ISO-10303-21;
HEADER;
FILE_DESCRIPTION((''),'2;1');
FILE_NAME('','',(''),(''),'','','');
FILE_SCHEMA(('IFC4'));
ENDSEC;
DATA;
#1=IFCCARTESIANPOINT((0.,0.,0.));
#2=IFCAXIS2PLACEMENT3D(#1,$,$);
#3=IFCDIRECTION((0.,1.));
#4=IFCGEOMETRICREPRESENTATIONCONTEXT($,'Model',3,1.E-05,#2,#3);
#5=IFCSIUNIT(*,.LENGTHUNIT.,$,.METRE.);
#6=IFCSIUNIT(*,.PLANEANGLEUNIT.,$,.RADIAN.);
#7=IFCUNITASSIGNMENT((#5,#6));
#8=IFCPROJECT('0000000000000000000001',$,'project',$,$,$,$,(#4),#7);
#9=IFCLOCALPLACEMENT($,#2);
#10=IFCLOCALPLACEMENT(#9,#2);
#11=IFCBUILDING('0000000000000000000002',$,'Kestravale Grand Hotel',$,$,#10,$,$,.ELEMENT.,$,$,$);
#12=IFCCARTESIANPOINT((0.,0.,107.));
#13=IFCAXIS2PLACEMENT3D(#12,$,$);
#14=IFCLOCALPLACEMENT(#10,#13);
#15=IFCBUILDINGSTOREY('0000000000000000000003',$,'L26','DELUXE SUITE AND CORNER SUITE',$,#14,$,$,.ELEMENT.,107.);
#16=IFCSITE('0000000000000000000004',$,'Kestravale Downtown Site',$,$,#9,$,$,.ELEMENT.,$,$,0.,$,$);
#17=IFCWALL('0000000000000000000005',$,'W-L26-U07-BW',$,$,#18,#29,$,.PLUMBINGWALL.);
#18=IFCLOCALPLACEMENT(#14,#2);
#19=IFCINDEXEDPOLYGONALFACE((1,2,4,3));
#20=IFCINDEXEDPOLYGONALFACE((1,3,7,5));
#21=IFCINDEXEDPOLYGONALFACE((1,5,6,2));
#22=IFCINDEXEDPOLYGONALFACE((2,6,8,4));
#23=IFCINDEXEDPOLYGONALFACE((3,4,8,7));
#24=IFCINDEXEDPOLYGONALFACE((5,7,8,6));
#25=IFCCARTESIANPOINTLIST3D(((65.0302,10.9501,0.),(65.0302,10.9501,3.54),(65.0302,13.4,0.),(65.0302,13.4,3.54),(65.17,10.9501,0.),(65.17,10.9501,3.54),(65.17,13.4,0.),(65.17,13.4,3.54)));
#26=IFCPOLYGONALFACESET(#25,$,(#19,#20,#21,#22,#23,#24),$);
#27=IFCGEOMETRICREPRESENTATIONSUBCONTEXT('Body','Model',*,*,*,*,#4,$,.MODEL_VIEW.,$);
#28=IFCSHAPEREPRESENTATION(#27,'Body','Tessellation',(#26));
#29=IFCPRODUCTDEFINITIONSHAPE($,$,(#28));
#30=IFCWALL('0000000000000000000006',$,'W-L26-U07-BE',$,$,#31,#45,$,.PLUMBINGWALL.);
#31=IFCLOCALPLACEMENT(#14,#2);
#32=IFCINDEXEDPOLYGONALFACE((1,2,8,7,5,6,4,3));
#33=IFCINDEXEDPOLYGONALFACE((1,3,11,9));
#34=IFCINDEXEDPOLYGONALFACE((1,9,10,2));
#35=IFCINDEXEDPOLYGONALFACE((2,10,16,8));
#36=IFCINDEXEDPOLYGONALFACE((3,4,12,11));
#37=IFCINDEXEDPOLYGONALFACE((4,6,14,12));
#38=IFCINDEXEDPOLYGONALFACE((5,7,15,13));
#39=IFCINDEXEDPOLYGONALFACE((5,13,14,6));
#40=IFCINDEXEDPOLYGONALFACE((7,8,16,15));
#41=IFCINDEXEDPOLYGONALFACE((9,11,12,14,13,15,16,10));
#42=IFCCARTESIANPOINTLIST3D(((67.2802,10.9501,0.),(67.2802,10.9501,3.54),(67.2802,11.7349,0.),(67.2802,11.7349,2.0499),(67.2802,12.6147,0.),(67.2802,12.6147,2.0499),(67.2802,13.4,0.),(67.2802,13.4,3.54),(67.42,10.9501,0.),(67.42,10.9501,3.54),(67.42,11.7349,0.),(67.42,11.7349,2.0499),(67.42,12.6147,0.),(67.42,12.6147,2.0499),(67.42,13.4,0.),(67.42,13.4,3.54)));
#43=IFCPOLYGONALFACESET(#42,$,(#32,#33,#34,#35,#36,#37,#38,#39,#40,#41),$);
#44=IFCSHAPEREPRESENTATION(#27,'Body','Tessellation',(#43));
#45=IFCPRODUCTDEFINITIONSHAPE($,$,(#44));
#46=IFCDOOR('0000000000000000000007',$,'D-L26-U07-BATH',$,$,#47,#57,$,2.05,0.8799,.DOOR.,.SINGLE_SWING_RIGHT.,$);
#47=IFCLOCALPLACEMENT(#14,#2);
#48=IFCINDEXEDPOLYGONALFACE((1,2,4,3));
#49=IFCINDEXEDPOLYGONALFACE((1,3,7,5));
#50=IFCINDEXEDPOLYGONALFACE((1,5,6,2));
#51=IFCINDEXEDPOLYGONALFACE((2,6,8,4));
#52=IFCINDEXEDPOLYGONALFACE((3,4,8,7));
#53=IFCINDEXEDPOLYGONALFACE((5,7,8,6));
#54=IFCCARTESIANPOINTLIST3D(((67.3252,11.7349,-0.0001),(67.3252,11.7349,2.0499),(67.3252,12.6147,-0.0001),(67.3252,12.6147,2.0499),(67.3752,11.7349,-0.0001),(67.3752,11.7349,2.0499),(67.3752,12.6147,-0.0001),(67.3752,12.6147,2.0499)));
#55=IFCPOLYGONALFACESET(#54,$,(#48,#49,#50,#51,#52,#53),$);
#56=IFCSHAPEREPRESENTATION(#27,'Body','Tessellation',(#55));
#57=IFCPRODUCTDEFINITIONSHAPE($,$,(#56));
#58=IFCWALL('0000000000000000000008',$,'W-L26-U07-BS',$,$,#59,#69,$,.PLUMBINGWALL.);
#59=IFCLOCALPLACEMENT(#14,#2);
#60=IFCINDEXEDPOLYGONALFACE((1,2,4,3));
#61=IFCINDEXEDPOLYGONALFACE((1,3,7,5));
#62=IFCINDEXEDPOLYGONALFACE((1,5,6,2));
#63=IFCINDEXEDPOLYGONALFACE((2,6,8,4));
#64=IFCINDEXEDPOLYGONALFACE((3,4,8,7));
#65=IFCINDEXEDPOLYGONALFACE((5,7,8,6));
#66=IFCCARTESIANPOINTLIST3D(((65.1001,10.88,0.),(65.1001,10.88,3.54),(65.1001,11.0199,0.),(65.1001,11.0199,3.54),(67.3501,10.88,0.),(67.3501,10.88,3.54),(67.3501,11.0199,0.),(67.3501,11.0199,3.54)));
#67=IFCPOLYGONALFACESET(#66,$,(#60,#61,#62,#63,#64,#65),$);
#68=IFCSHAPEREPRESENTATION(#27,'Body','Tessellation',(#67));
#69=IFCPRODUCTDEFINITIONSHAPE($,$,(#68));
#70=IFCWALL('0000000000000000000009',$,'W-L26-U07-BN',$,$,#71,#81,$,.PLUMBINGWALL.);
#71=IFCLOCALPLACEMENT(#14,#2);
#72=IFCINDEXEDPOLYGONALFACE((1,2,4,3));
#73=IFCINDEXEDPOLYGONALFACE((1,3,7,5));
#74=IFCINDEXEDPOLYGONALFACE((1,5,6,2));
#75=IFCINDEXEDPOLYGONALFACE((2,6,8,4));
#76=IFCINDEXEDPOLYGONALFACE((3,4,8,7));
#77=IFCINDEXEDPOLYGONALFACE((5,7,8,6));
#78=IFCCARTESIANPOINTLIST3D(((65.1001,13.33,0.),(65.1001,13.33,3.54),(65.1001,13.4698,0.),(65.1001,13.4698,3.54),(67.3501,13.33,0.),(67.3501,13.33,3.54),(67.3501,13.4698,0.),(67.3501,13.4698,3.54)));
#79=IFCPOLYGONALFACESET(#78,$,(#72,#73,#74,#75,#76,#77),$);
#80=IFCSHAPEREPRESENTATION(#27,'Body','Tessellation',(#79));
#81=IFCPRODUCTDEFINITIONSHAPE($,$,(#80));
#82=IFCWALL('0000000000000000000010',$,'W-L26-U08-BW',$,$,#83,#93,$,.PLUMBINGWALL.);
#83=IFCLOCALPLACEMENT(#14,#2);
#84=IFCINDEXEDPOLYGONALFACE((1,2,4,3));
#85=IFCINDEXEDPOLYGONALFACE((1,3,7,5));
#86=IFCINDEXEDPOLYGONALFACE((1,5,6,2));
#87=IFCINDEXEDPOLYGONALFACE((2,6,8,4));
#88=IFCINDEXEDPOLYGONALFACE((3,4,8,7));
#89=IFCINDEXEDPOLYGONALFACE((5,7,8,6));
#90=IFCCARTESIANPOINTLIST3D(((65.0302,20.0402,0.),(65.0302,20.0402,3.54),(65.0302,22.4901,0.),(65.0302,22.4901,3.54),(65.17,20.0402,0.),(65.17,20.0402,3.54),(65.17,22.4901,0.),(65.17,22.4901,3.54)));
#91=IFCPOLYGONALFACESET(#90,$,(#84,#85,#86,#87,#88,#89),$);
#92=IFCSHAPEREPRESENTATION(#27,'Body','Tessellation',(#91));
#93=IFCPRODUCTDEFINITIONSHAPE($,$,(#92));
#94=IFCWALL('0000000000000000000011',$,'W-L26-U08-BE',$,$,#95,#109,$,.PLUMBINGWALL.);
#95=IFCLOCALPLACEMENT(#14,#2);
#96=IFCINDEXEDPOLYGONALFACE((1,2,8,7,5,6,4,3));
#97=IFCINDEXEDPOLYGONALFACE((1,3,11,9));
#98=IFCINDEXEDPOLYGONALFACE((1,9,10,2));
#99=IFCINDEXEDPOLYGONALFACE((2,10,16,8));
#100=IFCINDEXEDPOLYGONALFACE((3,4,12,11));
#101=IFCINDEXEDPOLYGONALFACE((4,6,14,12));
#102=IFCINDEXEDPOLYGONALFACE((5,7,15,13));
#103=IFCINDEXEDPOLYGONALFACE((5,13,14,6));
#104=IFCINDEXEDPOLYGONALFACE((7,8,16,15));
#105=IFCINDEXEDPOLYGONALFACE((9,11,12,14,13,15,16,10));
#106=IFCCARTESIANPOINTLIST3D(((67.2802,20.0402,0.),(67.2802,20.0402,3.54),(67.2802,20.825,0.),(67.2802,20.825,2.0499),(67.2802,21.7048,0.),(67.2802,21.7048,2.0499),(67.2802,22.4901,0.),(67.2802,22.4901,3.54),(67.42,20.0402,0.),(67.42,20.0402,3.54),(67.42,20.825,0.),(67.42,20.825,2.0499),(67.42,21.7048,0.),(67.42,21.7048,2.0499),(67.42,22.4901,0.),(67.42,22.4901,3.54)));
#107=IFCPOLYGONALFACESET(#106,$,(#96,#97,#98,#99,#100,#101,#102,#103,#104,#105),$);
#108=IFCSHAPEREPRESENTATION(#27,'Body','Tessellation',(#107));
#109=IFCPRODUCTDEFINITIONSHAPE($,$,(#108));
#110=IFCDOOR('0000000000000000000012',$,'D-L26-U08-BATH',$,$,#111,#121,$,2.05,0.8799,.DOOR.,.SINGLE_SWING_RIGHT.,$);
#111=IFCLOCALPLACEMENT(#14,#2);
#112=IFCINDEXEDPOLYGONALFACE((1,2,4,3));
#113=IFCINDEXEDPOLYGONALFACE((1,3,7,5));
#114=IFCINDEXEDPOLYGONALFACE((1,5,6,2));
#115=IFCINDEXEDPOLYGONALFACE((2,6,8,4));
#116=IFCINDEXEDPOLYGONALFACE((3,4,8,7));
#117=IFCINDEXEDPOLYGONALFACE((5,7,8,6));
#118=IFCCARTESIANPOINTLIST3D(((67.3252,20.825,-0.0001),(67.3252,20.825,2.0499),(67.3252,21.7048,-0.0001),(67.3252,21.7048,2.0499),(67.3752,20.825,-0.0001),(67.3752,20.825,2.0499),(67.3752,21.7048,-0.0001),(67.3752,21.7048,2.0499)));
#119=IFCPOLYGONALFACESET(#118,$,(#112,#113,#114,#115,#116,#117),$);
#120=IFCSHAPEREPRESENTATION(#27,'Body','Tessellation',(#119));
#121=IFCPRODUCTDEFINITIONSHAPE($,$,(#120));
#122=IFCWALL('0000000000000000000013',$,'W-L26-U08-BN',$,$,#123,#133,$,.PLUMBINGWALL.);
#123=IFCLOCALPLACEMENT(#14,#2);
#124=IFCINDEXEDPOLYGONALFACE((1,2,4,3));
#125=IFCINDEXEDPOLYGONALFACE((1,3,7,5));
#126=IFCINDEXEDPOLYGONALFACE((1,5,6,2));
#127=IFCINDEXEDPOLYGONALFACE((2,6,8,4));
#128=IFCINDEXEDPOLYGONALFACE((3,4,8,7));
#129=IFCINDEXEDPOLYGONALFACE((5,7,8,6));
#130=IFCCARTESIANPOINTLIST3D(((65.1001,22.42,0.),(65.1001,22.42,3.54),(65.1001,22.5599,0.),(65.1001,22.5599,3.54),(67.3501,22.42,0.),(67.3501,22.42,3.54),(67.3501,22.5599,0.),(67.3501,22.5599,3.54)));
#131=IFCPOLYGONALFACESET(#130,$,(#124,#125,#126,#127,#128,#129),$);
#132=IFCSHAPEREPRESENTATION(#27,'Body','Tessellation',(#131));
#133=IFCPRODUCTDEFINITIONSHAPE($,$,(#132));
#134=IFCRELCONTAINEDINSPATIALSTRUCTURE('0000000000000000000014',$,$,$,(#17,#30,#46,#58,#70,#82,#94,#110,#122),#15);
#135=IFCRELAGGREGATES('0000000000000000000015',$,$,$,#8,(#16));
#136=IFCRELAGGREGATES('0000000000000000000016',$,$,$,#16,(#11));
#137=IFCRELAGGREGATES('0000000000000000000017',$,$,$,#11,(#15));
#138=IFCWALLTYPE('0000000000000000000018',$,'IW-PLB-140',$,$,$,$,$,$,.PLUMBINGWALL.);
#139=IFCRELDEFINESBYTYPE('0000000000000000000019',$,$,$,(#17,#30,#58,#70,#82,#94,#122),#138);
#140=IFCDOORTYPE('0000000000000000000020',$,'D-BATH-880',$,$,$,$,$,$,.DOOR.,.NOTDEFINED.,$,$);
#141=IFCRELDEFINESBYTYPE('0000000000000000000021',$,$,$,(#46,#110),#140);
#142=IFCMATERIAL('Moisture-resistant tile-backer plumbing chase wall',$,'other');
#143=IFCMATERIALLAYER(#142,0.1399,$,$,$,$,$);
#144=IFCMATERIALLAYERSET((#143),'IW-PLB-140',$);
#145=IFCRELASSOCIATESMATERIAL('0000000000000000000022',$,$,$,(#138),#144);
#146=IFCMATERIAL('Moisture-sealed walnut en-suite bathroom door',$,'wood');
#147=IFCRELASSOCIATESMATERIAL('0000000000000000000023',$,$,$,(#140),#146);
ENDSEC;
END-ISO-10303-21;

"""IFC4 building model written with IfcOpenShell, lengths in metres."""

from ifc_helpers import new_model, si_unit, direction, frame, frame_2d, origin, place, context, subcontext, project, spatial, rectangle, extrude, material, layer, layer_set, type_object, element, fill, save


model = new_model("IFC4")

# Units and contexts
model_context = context("Model", 3, precision=1e-05, world=origin(), true_north=direction((0.0, 1.0)))
body_context = subcontext(model_context, "Body", "Model", "MODEL_VIEW")
ifc_project = project(units=[si_unit("LENGTHUNIT", "METRE"), si_unit("PLANEANGLEUNIT", "RADIAN")], contexts=[model_context])

# Site, building, storey
site_placement = place(None, origin())
site = spatial("IfcSite", under=ifc_project, at=site_placement, Name="Kestravale Downtown Site", CompositionType="ELEMENT", RefElevation=0.0)
building_placement = place(site_placement, origin())
building = spatial("IfcBuilding", under=site, at=building_placement, Name="Kestravale Grand Hotel", CompositionType="ELEMENT")
storey_placement = place(building_placement, frame((0.0, 0.0, 107.0)))
storey = spatial("IfcBuildingStorey", under=building, at=storey_placement, Name="L26", Description="DELUXE SUITE AND CORNER SUITE", CompositionType="ELEMENT", Elevation=107.0)

# Wall
ifc_material_1 = material(Name="Moisture-resistant tile-backer plumbing chase wall", Category="other")
ifc_layer_1 = layer(ifc_material_1, 0.1399)
ifc_layer_set_1 = layer_set([ifc_layer_1], Name="IW-PLB-140")
wall_type_1 = type_object("IfcWallType", Name="IW-PLB-140", PredefinedType="PLUMBINGWALL", material=ifc_layer_set_1)
wall_1_placement = place(storey_placement, frame((65.1001, 10.95, 0.0), z_axis=(0.0, 0.0, 1.0), x_axis=(0.0, 1.0, 0.0)))
element("IfcWall", 1, at=wall_1_placement, inside=storey, type_object=wall_type_1, Name="W-L26-U07-BW", PredefinedType="PLUMBINGWALL", context=body_context, shape_type="SweptSolid", body=[
    extrude(rectangle(XDim=2.45, YDim=0.1399, at=frame_2d((1.2251, 0.0))), origin(), (0.0, 0.0, 1.0), 3.54),
])

# Wall, opening, door
wall_2_placement = place(storey_placement, frame((67.3501, 10.95, 0.0), z_axis=(0.0, 0.0, 1.0), x_axis=(0.0, 1.0, 0.0)))
wall_2 = element("IfcWall", 2, at=wall_2_placement, inside=storey, type_object=wall_type_1, Name="W-L26-U07-BE", PredefinedType="PLUMBINGWALL", context=body_context, shape_type="SweptSolid", body=[
    extrude(rectangle(XDim=2.45, YDim=0.1399, at=frame_2d((1.2251, 0.0))), origin(), (0.0, 0.0, 1.0), 3.54),
])
opening_1_placement = place(wall_2_placement, frame((0.7849, 0.0, 0.0)))
opening_1 = element("IfcOpeningElement", 3, at=opening_1_placement, cuts=wall_2, PredefinedType="OPENING", context=body_context, shape_type="SweptSolid", body=[
    extrude(rectangle(XDim=0.8799, YDim=2.05, at=frame_2d((0.4399, 1.0249))), frame((0.0, 0.0798, 0.0), z_axis=(0.0, -1.0, 0.0), x_axis=(1.0, 0.0, 0.0)), (0.0, 0.0, 1.0), 0.1599),
])
ifc_material_2 = material(Name="Moisture-sealed walnut en-suite bathroom door", Category="wood")
door_type = type_object("IfcDoorType", Name="D-BATH-880", OperationType="NOTDEFINED", PredefinedType="DOOR", material=ifc_material_2)
door_1_placement = place(opening_1_placement, origin())
door_1 = element("IfcDoor", 4, at=door_1_placement, inside=storey, type_object=door_type, Name="D-L26-U07-BATH", OperationType="SINGLE_SWING_RIGHT", OverallHeight=2.05, OverallWidth=0.8799, PredefinedType="DOOR", context=body_context, shape_type="SweptSolid", body=[
    extrude(rectangle(XDim=0.8799, YDim=2.05, at=frame_2d((0.4399, 1.0249))), frame((0.0, 0.0249, 0.0), z_axis=(0.0, -1.0, 0.0), x_axis=(1.0, 0.0, 0.0)), (0.0, 0.0, 1.0), 0.05),
])
fill(opening_1, door_1)

# Walls
for number, where, z_axis, x_axis, name in (
    (5, (65.1001, 10.95, 0.0), (0.0, 0.0, 1.0), (1.0, 0.0, 0.0), "W-L26-U07-BS"),
    (6, (65.1001, 13.3999, 0.0), (0.0, 0.0, 1.0), (1.0, 0.0, 0.0), "W-L26-U07-BN"),
):
    element("IfcWall", number, at=place(storey_placement, frame(where, z_axis=z_axis, x_axis=x_axis)), inside=storey, type_object=wall_type_1, Name=name, PredefinedType="PLUMBINGWALL", context=body_context, shape_type="SweptSolid", body=[
        extrude(rectangle(XDim=2.25, YDim=0.1399, at=frame_2d((1.125, 0.0))), origin(), (0.0, 0.0, 1.0), 3.54),
    ])
wall_3_placement = place(storey_placement, frame((65.1001, 20.04, 0.0), z_axis=(0.0, 0.0, 1.0), x_axis=(0.0, 1.0, 0.0)))
element("IfcWall", 7, at=wall_3_placement, inside=storey, type_object=wall_type_1, Name="W-L26-U08-BW", PredefinedType="PLUMBINGWALL", context=body_context, shape_type="SweptSolid", body=[
    extrude(rectangle(XDim=2.45, YDim=0.1399, at=frame_2d((1.2251, 0.0))), origin(), (0.0, 0.0, 1.0), 3.54),
])

# Wall, opening, door
wall_4_placement = place(storey_placement, frame((67.3501, 20.04, 0.0), z_axis=(0.0, 0.0, 1.0), x_axis=(0.0, 1.0, 0.0)))
wall_4 = element("IfcWall", 8, at=wall_4_placement, inside=storey, type_object=wall_type_1, Name="W-L26-U08-BE", PredefinedType="PLUMBINGWALL", context=body_context, shape_type="SweptSolid", body=[
    extrude(rectangle(XDim=2.45, YDim=0.1399, at=frame_2d((1.2251, 0.0))), origin(), (0.0, 0.0, 1.0), 3.54),
])
opening_2_placement = place(wall_4_placement, frame((0.7849, 0.0, 0.0)))
opening_2 = element("IfcOpeningElement", 9, at=opening_2_placement, cuts=wall_4, PredefinedType="OPENING", context=body_context, shape_type="SweptSolid", body=[
    extrude(rectangle(XDim=0.8799, YDim=2.05, at=frame_2d((0.4399, 1.0249))), frame((0.0, 0.0798, 0.0), z_axis=(0.0, -1.0, 0.0), x_axis=(1.0, 0.0, 0.0)), (0.0, 0.0, 1.0), 0.1599),
])
door_2_placement = place(opening_2_placement, origin())
door_2 = element("IfcDoor", 10, at=door_2_placement, inside=storey, type_object=door_type, Name="D-L26-U08-BATH", OperationType="SINGLE_SWING_RIGHT", OverallHeight=2.05, OverallWidth=0.8799, PredefinedType="DOOR", context=body_context, shape_type="SweptSolid", body=[
    extrude(rectangle(XDim=0.8799, YDim=2.05, at=frame_2d((0.4399, 1.0249))), frame((0.0, 0.0249, 0.0), z_axis=(0.0, -1.0, 0.0), x_axis=(1.0, 0.0, 0.0)), (0.0, 0.0, 1.0), 0.05),
])
fill(opening_2, door_2)

# Wall
wall_5_placement = place(storey_placement, frame((65.1001, 22.49, 0.0), z_axis=(0.0, 0.0, 1.0), x_axis=(1.0, 0.0, 0.0)))
element("IfcWall", 11, at=wall_5_placement, inside=storey, type_object=wall_type_1, Name="W-L26-U08-BN", PredefinedType="PLUMBINGWALL", context=body_context, shape_type="SweptSolid", body=[
    extrude(rectangle(XDim=2.25, YDim=0.1399, at=frame_2d((1.125, 0.0))), origin(), (0.0, 0.0, 1.0), 3.54),
])

save(model, "model.ifc")
